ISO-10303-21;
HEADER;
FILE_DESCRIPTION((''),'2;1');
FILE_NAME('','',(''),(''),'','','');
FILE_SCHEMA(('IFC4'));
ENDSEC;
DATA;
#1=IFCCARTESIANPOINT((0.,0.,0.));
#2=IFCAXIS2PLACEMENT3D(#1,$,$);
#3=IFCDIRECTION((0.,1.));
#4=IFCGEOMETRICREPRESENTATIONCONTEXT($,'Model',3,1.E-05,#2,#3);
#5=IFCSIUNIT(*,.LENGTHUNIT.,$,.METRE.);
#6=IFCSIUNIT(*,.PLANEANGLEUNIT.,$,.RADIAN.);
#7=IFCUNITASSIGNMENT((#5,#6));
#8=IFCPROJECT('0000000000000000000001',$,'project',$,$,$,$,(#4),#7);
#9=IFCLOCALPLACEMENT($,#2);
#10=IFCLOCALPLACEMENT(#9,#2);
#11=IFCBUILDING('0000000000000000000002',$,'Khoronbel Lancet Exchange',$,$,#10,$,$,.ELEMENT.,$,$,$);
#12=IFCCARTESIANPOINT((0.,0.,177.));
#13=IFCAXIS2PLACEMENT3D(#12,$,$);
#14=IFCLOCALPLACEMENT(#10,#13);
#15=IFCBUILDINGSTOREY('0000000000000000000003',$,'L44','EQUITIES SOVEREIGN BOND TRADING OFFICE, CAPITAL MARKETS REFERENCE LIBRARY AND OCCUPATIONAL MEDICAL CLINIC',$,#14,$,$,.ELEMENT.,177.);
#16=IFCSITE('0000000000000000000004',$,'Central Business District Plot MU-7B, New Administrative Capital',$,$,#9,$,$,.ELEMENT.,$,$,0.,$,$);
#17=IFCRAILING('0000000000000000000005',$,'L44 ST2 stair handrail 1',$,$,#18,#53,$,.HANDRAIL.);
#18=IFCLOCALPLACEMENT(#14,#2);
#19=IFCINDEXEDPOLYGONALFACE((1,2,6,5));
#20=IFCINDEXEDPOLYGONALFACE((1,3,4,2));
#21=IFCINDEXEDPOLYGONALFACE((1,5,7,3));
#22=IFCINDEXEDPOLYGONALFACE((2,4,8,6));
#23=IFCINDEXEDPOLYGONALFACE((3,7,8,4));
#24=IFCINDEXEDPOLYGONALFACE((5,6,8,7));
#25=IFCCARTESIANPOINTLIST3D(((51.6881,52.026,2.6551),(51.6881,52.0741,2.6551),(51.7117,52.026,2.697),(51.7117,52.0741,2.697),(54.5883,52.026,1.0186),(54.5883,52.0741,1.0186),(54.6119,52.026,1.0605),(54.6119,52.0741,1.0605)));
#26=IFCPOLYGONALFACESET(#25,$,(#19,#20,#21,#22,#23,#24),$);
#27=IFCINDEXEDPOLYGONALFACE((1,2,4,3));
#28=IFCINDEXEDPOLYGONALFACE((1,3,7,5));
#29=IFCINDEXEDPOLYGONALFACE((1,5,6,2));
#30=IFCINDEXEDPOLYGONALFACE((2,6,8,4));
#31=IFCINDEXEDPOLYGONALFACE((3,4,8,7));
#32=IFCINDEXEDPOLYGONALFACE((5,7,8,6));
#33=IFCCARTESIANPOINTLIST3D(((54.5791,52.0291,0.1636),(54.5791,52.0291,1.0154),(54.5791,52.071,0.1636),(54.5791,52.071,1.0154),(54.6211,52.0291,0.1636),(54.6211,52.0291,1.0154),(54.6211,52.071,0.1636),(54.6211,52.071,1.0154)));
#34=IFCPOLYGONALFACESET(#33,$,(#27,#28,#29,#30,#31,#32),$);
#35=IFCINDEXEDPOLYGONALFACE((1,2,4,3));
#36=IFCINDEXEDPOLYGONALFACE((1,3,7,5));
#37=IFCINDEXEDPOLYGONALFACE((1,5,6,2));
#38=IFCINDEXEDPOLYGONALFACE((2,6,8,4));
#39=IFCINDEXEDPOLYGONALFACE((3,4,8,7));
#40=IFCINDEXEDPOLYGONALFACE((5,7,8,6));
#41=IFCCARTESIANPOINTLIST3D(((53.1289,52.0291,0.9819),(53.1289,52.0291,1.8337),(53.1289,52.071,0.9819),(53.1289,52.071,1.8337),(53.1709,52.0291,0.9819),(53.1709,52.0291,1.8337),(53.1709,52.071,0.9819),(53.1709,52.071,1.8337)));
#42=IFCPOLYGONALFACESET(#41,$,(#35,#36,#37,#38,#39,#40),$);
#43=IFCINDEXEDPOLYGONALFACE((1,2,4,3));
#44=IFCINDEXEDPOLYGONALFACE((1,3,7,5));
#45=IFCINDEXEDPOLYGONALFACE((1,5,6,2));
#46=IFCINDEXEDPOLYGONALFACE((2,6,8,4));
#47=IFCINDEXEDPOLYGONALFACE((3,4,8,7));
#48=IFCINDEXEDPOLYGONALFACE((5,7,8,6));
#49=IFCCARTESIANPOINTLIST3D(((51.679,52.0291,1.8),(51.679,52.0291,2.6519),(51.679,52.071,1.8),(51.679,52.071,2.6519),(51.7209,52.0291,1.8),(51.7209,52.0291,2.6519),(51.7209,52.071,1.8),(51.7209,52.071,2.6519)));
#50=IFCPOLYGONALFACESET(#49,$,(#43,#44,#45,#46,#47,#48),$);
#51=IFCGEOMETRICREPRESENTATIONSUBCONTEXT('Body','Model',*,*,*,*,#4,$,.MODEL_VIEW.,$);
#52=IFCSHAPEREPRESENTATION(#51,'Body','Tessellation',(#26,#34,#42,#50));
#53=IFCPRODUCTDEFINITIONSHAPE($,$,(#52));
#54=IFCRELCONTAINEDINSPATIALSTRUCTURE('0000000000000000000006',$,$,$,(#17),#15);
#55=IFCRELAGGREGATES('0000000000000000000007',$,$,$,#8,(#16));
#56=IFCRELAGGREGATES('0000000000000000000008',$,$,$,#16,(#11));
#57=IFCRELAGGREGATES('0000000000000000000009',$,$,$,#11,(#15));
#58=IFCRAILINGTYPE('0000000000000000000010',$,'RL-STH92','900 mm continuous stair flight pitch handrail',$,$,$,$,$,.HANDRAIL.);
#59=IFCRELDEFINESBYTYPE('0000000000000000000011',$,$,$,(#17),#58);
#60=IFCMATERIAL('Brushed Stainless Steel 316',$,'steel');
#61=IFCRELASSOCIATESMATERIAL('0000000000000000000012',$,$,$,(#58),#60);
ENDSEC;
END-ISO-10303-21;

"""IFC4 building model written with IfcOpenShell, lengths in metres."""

from ifc_helpers import new_model, si_unit, direction, frame, origin, origin_2d, place, context, subcontext, project, spatial, rectangle, extrude, material, type_object, element, save


model = new_model("IFC4")

# Units and contexts
model_context = context("Model", 3, precision=1e-05, world=origin(), true_north=direction((0.0, 1.0)))
body_context = subcontext(model_context, "Body", "Model", "MODEL_VIEW")
ifc_project = project(units=[si_unit("LENGTHUNIT", "METRE"), si_unit("PLANEANGLEUNIT", "RADIAN")], contexts=[model_context])

# Site, building, storey
site_placement = place(None, origin())
site = spatial("IfcSite", under=ifc_project, at=site_placement, Name="Central Business District Plot MU-7B, New Administrative Capital", CompositionType="ELEMENT", RefElevation=0.0)
building_placement = place(site_placement, origin())
building = spatial("IfcBuilding", under=site, at=building_placement, Name="Khoronbel Lancet Exchange", CompositionType="ELEMENT")
storey_placement = place(building_placement, frame((0.0, 0.0, 177.0)))
storey = spatial("IfcBuildingStorey", under=building, at=storey_placement, Name="L44", Description="EQUITIES SOVEREIGN BOND TRADING OFFICE, CAPITAL MARKETS REFERENCE LIBRARY AND OCCUPATIONAL MEDICAL CLINIC", CompositionType="ELEMENT", Elevation=177.0)

# Railing
ifc_material_1 = material(Name="Brushed Stainless Steel 316", Category="steel")
railing_type_1 = type_object("IfcRailingType", Name="RL-STH92", Description="900 mm continuous stair flight pitch handrail", PredefinedType="HANDRAIL", material=ifc_material_1)
railing_1_placement = place(storey_placement, frame((54.6001, 52.05, 0.1636)))
element("IfcRailing", 1, at=railing_1_placement, inside=storey, type_object=railing_type_1, Name="L44 ST2 stair handrail 1", PredefinedType="HANDRAIL", context=body_context, shape_type="SweptSolid", body=[
    extrude(rectangle(XDim=0.0481, YDim=0.0481, at=origin_2d()), frame((0.0, 0.0, 0.876), z_axis=(-0.870915, 0.0, 0.491434), x_axis=(0.0, -1.0, 0.0)), (0.0, 0.0, 1.0), 3.3301),
    extrude(rectangle(XDim=0.042, YDim=0.042, at=origin_2d()), origin(), (0.0, 0.0, 1.0), 0.8518),
    extrude(rectangle(XDim=0.042, YDim=0.042, at=origin_2d()), frame((-1.4502, 0.0, 0.8184)), (0.0, 0.0, 1.0), 0.8518),
    extrude(rectangle(XDim=0.042, YDim=0.042, at=origin_2d()), frame((-2.9001, 0.0, 1.6365)), (0.0, 0.0, 1.0), 0.8518),
])

save(model, "model.ifc")
